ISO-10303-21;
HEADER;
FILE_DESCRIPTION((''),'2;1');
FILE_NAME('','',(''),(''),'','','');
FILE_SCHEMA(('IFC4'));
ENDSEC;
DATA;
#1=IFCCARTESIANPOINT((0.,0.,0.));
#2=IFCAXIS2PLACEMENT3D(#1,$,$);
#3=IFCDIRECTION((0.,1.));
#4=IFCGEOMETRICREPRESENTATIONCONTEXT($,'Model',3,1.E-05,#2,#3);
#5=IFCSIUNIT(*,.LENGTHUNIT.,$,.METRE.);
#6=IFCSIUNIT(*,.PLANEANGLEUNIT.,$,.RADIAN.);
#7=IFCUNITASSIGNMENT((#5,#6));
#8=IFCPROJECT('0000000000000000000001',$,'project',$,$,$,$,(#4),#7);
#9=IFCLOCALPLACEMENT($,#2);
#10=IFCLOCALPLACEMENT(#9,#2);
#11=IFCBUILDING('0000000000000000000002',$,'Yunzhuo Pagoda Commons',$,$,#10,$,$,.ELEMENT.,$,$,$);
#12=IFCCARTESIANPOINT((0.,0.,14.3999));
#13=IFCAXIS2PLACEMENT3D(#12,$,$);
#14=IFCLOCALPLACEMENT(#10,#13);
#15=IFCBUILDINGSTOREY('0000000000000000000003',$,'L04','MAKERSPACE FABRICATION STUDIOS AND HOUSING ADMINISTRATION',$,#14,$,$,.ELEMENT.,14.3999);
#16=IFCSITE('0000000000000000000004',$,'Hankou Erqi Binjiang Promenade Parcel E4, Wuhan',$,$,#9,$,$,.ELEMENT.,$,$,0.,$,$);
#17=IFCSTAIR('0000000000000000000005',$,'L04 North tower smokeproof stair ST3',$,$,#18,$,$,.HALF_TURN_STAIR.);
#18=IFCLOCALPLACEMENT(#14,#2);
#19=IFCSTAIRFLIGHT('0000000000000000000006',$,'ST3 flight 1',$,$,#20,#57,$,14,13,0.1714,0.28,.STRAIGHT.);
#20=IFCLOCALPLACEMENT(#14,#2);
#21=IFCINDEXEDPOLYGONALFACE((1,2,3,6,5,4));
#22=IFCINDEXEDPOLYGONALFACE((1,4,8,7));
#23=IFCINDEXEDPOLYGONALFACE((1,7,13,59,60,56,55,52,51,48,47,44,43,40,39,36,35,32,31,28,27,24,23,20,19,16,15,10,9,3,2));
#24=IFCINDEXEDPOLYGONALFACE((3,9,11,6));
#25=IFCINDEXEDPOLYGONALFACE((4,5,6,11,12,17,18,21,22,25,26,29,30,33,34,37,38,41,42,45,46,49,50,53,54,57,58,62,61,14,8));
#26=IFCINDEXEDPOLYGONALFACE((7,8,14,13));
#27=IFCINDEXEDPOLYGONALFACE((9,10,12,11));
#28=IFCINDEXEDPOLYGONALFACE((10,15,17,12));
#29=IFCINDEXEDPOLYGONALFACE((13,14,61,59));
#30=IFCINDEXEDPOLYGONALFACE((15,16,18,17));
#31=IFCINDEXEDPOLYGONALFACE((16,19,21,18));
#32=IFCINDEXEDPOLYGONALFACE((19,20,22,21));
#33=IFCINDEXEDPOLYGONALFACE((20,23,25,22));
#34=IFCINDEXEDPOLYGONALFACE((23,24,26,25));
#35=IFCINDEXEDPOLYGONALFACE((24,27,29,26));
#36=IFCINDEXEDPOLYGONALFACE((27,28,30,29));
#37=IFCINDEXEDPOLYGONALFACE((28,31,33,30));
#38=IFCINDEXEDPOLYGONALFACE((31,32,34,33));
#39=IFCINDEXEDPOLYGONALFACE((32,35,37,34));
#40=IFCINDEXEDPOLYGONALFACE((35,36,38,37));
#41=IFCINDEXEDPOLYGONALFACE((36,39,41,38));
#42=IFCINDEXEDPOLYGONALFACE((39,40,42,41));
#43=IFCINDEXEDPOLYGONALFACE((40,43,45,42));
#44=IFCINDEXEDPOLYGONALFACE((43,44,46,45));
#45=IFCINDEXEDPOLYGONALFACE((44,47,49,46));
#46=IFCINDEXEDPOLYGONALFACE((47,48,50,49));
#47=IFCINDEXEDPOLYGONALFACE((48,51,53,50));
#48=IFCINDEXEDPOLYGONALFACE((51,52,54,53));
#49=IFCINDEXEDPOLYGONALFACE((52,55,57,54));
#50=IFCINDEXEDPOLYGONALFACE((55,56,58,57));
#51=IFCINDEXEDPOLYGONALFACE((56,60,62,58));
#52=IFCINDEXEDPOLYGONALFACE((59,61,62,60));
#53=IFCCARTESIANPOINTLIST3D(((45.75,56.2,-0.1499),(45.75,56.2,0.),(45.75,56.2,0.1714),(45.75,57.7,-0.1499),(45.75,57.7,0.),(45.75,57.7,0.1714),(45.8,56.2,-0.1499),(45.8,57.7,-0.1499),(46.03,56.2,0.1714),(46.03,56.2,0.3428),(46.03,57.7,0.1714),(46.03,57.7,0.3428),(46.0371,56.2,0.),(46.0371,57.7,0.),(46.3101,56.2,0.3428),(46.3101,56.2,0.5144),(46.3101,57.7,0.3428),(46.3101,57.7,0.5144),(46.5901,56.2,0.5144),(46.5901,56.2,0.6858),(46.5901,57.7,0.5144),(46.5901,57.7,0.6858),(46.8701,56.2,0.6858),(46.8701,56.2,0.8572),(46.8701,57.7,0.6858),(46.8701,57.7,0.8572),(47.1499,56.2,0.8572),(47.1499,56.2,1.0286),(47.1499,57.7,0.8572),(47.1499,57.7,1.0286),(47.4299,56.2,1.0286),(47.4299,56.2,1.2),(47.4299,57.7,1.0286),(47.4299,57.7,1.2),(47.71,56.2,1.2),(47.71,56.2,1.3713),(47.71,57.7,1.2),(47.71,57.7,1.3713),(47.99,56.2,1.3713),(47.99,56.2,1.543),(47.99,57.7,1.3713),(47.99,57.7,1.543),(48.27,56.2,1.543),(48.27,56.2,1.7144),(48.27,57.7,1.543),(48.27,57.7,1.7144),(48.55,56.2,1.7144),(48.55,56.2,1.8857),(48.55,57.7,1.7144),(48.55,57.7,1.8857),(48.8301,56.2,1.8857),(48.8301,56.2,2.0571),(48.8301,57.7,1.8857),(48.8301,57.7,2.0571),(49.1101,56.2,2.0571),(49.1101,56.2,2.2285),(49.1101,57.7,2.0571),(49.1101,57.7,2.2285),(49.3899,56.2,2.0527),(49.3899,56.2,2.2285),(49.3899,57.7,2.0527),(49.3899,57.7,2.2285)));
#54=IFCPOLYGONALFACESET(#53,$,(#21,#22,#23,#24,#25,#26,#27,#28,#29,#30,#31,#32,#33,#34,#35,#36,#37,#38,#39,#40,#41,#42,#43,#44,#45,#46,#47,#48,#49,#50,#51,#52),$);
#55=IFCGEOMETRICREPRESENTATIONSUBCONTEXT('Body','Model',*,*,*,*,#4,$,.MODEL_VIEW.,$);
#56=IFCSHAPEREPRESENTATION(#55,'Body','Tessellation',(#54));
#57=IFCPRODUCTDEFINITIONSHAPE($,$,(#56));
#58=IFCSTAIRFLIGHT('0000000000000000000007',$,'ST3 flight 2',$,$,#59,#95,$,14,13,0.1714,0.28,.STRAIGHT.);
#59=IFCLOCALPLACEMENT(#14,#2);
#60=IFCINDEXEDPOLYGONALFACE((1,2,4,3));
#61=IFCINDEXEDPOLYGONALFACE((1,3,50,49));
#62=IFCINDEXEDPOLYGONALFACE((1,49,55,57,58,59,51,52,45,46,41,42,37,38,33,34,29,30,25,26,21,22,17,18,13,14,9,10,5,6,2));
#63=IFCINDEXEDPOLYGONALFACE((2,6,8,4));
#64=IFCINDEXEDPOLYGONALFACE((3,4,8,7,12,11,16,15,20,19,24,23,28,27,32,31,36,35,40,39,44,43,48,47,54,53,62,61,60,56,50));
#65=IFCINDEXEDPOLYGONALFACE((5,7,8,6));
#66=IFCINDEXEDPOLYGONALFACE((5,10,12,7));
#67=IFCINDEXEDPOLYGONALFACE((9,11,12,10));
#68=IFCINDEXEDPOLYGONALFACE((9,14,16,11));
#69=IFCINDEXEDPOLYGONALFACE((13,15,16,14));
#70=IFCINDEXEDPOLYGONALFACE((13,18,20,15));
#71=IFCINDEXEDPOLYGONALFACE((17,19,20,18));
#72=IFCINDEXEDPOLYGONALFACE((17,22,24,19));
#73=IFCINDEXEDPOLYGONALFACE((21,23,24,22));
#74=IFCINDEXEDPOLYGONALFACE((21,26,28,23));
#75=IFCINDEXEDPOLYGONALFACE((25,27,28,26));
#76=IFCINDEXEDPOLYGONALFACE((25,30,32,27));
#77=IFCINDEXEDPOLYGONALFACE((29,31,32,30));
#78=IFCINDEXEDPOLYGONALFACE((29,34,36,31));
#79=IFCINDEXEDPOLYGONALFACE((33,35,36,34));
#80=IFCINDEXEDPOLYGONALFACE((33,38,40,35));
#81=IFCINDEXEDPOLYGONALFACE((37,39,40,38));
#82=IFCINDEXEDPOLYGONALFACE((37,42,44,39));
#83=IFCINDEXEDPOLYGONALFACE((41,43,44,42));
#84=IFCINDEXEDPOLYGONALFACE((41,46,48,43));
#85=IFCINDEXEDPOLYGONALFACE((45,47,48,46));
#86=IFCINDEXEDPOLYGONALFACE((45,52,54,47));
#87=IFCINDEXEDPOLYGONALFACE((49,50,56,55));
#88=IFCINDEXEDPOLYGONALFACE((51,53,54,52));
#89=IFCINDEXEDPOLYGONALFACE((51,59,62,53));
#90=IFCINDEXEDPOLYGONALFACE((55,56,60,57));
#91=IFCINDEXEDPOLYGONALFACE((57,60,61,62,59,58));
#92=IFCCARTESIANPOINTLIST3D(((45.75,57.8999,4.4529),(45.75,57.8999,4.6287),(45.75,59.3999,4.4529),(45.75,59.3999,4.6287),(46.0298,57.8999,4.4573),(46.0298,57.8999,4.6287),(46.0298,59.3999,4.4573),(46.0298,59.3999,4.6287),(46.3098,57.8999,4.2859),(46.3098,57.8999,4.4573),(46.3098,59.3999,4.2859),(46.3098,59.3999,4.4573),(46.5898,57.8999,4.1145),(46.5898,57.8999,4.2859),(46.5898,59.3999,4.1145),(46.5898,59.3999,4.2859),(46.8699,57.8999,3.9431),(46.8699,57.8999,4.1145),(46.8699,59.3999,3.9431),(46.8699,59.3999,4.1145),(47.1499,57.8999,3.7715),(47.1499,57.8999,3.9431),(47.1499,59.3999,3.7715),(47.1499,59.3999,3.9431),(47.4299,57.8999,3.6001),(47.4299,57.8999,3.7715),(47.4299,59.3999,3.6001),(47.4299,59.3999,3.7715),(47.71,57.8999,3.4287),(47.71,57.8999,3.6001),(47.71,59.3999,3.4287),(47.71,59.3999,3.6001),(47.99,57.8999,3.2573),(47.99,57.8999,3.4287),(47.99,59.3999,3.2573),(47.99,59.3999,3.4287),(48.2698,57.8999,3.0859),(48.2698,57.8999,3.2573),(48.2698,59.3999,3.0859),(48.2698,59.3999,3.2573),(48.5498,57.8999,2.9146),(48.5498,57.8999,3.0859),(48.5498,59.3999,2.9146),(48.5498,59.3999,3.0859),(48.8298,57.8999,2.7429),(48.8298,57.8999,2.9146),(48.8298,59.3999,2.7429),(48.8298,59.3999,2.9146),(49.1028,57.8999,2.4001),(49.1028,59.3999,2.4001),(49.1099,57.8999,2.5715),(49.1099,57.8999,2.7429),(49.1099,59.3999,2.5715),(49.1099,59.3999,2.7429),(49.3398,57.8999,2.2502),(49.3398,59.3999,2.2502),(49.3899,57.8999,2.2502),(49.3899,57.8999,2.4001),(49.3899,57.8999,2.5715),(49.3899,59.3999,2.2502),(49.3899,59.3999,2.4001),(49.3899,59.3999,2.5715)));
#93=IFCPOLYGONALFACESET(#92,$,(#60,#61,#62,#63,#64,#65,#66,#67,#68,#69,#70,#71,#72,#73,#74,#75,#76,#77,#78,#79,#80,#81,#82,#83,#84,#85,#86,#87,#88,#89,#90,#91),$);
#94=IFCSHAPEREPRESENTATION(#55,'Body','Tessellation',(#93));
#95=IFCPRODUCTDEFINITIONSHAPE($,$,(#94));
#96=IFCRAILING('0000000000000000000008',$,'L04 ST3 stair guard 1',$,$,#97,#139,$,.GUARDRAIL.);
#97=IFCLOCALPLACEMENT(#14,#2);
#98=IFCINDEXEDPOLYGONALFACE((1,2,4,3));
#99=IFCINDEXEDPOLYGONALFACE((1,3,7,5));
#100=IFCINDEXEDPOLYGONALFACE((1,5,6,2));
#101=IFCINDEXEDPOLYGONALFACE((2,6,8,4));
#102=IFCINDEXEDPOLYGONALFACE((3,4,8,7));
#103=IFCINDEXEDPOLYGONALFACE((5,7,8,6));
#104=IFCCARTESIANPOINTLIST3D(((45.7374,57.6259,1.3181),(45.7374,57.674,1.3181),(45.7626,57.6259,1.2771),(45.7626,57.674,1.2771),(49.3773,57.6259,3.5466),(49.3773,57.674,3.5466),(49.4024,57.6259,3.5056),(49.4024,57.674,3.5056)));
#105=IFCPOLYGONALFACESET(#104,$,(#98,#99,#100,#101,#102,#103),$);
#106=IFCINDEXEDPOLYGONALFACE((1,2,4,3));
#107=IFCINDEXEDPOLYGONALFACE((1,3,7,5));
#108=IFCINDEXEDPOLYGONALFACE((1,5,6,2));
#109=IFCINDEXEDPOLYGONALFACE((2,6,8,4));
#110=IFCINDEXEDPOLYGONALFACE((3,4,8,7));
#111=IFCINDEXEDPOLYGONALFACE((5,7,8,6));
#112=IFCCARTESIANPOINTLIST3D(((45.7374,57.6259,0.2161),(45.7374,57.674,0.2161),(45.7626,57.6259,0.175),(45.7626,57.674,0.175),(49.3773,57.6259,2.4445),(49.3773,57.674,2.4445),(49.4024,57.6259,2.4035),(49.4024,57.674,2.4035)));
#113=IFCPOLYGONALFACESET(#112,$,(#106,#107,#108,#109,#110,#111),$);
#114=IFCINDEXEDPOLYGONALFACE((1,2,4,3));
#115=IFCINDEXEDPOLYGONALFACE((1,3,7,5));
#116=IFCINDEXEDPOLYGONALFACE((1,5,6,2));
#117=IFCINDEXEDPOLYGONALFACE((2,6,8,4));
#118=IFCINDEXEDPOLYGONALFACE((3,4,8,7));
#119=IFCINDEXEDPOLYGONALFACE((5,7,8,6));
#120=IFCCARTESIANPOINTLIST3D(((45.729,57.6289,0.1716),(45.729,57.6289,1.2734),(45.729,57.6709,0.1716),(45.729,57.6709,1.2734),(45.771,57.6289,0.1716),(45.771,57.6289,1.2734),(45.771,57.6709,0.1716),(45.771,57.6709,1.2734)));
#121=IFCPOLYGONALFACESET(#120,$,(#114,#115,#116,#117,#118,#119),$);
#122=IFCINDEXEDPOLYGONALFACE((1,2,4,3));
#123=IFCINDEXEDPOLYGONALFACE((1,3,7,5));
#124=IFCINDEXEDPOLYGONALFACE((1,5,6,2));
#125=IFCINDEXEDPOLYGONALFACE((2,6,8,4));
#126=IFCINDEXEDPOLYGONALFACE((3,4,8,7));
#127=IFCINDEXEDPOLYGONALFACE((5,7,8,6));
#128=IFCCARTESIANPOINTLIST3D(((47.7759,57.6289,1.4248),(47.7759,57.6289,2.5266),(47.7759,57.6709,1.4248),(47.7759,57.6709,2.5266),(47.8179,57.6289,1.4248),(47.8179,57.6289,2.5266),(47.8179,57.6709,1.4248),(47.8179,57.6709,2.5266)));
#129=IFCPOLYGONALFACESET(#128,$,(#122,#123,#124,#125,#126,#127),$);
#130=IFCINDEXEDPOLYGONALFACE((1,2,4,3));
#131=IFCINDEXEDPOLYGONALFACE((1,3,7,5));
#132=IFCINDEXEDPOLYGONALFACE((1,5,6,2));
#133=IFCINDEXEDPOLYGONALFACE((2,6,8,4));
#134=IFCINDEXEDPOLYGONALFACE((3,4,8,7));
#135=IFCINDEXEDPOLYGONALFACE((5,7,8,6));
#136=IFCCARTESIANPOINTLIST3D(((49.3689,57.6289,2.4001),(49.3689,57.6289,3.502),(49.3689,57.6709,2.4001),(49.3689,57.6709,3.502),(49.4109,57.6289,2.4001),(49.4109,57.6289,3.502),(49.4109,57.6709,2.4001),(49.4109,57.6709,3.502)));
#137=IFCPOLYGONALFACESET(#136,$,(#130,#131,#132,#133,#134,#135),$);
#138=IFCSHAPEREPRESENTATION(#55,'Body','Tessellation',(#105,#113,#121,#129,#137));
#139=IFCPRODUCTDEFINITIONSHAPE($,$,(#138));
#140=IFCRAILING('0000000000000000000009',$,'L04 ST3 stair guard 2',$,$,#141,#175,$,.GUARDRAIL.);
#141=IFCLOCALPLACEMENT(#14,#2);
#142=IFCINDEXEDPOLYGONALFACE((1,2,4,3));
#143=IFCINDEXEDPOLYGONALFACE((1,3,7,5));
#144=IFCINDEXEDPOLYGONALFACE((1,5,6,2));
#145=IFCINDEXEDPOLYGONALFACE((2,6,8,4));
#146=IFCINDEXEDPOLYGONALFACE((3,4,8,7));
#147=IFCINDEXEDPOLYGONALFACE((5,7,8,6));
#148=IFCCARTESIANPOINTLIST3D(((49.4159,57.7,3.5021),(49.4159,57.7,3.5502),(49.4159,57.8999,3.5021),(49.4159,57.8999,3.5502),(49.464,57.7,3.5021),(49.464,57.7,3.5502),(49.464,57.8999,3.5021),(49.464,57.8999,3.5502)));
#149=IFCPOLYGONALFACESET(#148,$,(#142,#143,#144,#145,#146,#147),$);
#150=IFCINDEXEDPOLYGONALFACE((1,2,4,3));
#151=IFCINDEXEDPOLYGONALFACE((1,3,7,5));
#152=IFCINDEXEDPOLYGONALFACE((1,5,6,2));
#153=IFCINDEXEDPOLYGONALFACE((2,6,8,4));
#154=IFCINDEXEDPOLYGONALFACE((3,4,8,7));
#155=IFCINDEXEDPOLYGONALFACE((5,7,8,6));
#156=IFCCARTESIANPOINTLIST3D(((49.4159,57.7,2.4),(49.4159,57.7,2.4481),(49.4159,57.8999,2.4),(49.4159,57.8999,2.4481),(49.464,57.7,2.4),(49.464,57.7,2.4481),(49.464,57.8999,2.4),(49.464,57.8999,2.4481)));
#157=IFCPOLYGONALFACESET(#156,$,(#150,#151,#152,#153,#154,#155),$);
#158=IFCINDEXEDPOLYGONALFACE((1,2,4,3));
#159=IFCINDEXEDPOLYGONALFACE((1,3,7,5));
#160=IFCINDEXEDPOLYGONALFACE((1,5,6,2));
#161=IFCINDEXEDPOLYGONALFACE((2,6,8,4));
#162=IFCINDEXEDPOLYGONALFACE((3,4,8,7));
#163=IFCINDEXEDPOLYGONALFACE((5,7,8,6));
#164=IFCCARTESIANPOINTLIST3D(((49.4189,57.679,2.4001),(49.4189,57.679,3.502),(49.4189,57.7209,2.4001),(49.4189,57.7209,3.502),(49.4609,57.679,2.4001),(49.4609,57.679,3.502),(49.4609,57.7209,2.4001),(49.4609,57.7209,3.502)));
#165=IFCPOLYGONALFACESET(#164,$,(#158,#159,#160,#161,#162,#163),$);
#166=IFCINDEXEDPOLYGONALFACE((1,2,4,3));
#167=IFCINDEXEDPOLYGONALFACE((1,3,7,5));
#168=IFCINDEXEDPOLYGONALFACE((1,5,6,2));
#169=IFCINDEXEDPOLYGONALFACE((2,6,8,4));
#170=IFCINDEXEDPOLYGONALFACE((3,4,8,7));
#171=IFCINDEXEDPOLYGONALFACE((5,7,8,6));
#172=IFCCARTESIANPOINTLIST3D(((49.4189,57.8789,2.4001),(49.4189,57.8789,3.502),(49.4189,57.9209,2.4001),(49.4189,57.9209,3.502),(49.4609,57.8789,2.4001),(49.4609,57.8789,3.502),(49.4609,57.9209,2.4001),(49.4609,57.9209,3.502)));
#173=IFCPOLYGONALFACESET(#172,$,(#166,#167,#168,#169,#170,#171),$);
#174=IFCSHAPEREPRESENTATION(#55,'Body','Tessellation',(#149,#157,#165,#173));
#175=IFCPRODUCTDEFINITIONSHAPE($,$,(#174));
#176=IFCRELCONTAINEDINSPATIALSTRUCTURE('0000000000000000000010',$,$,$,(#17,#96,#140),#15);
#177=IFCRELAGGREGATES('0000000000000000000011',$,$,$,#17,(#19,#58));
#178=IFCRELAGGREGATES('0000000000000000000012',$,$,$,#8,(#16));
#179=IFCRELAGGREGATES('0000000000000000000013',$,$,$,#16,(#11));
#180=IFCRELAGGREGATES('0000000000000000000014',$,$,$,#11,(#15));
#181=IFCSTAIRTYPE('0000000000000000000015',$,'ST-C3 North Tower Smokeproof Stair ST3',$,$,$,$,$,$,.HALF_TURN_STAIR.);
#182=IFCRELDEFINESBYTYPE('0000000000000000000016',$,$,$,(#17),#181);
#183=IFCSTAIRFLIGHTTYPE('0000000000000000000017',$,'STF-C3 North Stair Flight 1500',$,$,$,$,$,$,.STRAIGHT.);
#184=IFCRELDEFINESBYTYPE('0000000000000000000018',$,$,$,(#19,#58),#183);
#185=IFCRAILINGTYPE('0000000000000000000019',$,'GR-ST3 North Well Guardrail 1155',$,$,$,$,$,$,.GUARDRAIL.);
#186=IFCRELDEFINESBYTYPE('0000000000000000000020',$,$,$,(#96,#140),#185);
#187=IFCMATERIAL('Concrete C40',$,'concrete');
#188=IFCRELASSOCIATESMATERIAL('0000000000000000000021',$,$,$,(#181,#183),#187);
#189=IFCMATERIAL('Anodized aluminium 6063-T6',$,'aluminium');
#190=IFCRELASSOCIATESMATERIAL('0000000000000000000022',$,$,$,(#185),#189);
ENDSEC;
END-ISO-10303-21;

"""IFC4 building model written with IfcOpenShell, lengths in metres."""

from ifc_helpers import new_model, si_unit, direction, frame, origin, origin_2d, place, context, subcontext, project, spatial, polyline, rectangle, outline, extrude, source, transform, mapped, material, type_object, element, aggregate, save


model = new_model("IFC4")

# Units and contexts
model_context = context("Model", 3, precision=1e-05, world=origin(), true_north=direction((0.0, 1.0)))
body_context = subcontext(model_context, "Body", "Model", "MODEL_VIEW")
ifc_project = project(units=[si_unit("LENGTHUNIT", "METRE"), si_unit("PLANEANGLEUNIT", "RADIAN")], contexts=[model_context])

# Site, building, storey
site_placement = place(None, origin())
site = spatial("IfcSite", under=ifc_project, at=site_placement, Name="Hankou Erqi Binjiang Promenade Parcel E4, Wuhan", CompositionType="ELEMENT", RefElevation=0.0)
building_placement = place(site_placement, origin())
building = spatial("IfcBuilding", under=site, at=building_placement, Name="Yunzhuo Pagoda Commons", CompositionType="ELEMENT")
storey_placement = place(building_placement, frame((0.0, 0.0, 14.3999)))
storey = spatial("IfcBuildingStorey", under=building, at=storey_placement, Name="L04", Description="MAKERSPACE FABRICATION STUDIOS AND HOUSING ADMINISTRATION", CompositionType="ELEMENT", Elevation=14.3999)

# Stair, stair flights
ifc_material_1 = material(Name="Concrete C40", Category="concrete")
stair_type = type_object("IfcStairType", Name="ST-C3 North Tower Smokeproof Stair ST3", PredefinedType="HALF_TURN_STAIR", material=ifc_material_1)
stair_placement = place(storey_placement, origin())
stair = element("IfcStair", 1, at=stair_placement, inside=storey, type_object=stair_type, Name="L04 North tower smokeproof stair ST3", PredefinedType="HALF_TURN_STAIR")
stair_flight_type = type_object("IfcStairFlightType", Name="STF-C3 North Stair Flight 1500", PredefinedType="STRAIGHT", material=ifc_material_1)
shared_shape_1 = source(origin(), body_context, "Body", "SweptSolid", [
    extrude(outline(polyline([(0.0, -0.1499), (0.0, 0.0), (0.0, 0.1714), (0.28, 0.1714), (0.28, 0.3428), (0.5601, 0.3428), (0.5601, 0.5144), (0.8401, 0.5144), (0.8401, 0.6858), (1.1201, 0.6858), (1.1201, 0.8572), (1.3999, 0.8572), (1.3999, 1.0286), (1.6799, 1.0286), (1.6799, 1.2), (1.96, 1.2), (1.96, 1.3713), (2.24, 1.3713), (2.24, 1.543), (2.52, 1.543), (2.52, 1.7144), (2.8, 1.7144), (2.8, 1.8857), (3.0801, 1.8857), (3.0801, 2.0571), (3.3601, 2.0571), (3.3601, 2.2285), (3.6399, 2.2285), (3.6399, 2.3999), (3.6399, 2.0527), (0.2871, 0.0), (0.05, -0.1499), (0.0, -0.1499)])), frame((0.0, 0.75, 0.0), z_axis=(0.0, -1.0, 0.0), x_axis=(1.0, 0.0, 0.0)), (0.0, 0.0, 1.0), 1.5),
])
stair_flight_1_placement = place(storey_placement, frame((45.75, 56.95, 0.0), z_axis=(0.0, 0.0, 1.0), x_axis=(1.0, 0.0, 0.0)))
stair_flight_1 = element("IfcStairFlight", 2, at=stair_flight_1_placement, type_object=stair_flight_type, Name="ST3 flight 1", NumberOfRisers=14, NumberOfTreads=13, PredefinedType="STRAIGHT", RiserHeight=0.1714, TreadLength=0.28, context=body_context, shape_type="MappedRepresentation", body=[
    mapped(shared_shape_1, transform((0.0, 0.0, 0.0), scale=1.0)),
])
stair_flight_2_placement = place(storey_placement, frame((49.3899, 58.6499, 2.4001), z_axis=(0.0, 0.0, 1.0), x_axis=(-1.0, 0.0, 0.0)))
stair_flight_2 = element("IfcStairFlight", 3, at=stair_flight_2_placement, type_object=stair_flight_type, Name="ST3 flight 2", NumberOfRisers=14, NumberOfTreads=13, PredefinedType="STRAIGHT", RiserHeight=0.1714, TreadLength=0.28, context=body_context, shape_type="MappedRepresentation", body=[
    mapped(shared_shape_1, transform((0.0, 0.0, 0.0), scale=1.0)),
])
aggregate(stair, [stair_flight_1, stair_flight_2])

# Railings
ifc_material_2 = material(Name="Anodized aluminium 6063-T6", Category="aluminium")
railing_type_1 = type_object("IfcRailingType", Name="GR-ST3 North Well Guardrail 1155", PredefinedType="GUARDRAIL", material=ifc_material_2)
railing_1_placement = place(storey_placement, frame((45.75, 57.6499, 0.1716)))
element("IfcRailing", 4, at=railing_1_placement, inside=storey, type_object=railing_type_1, Name="L04 ST3 stair guard 1", PredefinedType="GUARDRAIL", context=body_context, shape_type="SweptSolid", body=[
    extrude(rectangle(XDim=0.0481, YDim=0.0481, at=origin_2d()), frame((0.0, 0.0, 1.126), z_axis=(0.85285, 0.0, 0.522156), x_axis=(0.0, 1.0, 0.0)), (0.0, 0.0, 1.0), 4.2678),
    extrude(rectangle(XDim=0.0481, YDim=0.0481, at=origin_2d()), frame((0.0, 0.0, 0.0239), z_axis=(0.85285, 0.0, 0.522156), x_axis=(0.0, 1.0, 0.0)), (0.0, 0.0, 1.0), 4.2678),
    extrude(rectangle(XDim=0.042, YDim=0.042, at=origin_2d()), origin(), (0.0, 0.0, 1.0), 1.1018),
    extrude(rectangle(XDim=0.042, YDim=0.042, at=origin_2d()), frame((2.0469, 0.0, 1.2532)), (0.0, 0.0, 1.0), 1.1018),
    extrude(rectangle(XDim=0.042, YDim=0.042, at=origin_2d()), frame((3.6399, 0.0, 2.2285)), (0.0, 0.0, 1.0), 1.1018),
])
railing_2_placement = place(storey_placement, frame((49.4399, 57.7, 2.4001)))
element("IfcRailing", 5, at=railing_2_placement, inside=storey, type_object=railing_type_1, Name="L04 ST3 stair guard 2", PredefinedType="GUARDRAIL", context=body_context, shape_type="SweptSolid", body=[
    extrude(rectangle(XDim=0.0481, YDim=0.0481, at=origin_2d()), frame((0.0, 0.0, 1.126), z_axis=(0.0, 1.0, 0.0), x_axis=(-1.0, 0.0, 0.0)), (0.0, 0.0, 1.0), 0.2),
    extrude(rectangle(XDim=0.0481, YDim=0.0481, at=origin_2d()), frame((0.0, 0.0, 0.0239), z_axis=(0.0, 1.0, 0.0), x_axis=(-1.0, 0.0, 0.0)), (0.0, 0.0, 1.0), 0.2),
    extrude(rectangle(XDim=0.042, YDim=0.042, at=origin_2d()), origin(), (0.0, 0.0, 1.0), 1.1018),
    extrude(rectangle(XDim=0.042, YDim=0.042, at=origin_2d()), frame((0.0, 0.2, 0.0)), (0.0, 0.0, 1.0), 1.1018),
])

save(model, "model.ifc")
